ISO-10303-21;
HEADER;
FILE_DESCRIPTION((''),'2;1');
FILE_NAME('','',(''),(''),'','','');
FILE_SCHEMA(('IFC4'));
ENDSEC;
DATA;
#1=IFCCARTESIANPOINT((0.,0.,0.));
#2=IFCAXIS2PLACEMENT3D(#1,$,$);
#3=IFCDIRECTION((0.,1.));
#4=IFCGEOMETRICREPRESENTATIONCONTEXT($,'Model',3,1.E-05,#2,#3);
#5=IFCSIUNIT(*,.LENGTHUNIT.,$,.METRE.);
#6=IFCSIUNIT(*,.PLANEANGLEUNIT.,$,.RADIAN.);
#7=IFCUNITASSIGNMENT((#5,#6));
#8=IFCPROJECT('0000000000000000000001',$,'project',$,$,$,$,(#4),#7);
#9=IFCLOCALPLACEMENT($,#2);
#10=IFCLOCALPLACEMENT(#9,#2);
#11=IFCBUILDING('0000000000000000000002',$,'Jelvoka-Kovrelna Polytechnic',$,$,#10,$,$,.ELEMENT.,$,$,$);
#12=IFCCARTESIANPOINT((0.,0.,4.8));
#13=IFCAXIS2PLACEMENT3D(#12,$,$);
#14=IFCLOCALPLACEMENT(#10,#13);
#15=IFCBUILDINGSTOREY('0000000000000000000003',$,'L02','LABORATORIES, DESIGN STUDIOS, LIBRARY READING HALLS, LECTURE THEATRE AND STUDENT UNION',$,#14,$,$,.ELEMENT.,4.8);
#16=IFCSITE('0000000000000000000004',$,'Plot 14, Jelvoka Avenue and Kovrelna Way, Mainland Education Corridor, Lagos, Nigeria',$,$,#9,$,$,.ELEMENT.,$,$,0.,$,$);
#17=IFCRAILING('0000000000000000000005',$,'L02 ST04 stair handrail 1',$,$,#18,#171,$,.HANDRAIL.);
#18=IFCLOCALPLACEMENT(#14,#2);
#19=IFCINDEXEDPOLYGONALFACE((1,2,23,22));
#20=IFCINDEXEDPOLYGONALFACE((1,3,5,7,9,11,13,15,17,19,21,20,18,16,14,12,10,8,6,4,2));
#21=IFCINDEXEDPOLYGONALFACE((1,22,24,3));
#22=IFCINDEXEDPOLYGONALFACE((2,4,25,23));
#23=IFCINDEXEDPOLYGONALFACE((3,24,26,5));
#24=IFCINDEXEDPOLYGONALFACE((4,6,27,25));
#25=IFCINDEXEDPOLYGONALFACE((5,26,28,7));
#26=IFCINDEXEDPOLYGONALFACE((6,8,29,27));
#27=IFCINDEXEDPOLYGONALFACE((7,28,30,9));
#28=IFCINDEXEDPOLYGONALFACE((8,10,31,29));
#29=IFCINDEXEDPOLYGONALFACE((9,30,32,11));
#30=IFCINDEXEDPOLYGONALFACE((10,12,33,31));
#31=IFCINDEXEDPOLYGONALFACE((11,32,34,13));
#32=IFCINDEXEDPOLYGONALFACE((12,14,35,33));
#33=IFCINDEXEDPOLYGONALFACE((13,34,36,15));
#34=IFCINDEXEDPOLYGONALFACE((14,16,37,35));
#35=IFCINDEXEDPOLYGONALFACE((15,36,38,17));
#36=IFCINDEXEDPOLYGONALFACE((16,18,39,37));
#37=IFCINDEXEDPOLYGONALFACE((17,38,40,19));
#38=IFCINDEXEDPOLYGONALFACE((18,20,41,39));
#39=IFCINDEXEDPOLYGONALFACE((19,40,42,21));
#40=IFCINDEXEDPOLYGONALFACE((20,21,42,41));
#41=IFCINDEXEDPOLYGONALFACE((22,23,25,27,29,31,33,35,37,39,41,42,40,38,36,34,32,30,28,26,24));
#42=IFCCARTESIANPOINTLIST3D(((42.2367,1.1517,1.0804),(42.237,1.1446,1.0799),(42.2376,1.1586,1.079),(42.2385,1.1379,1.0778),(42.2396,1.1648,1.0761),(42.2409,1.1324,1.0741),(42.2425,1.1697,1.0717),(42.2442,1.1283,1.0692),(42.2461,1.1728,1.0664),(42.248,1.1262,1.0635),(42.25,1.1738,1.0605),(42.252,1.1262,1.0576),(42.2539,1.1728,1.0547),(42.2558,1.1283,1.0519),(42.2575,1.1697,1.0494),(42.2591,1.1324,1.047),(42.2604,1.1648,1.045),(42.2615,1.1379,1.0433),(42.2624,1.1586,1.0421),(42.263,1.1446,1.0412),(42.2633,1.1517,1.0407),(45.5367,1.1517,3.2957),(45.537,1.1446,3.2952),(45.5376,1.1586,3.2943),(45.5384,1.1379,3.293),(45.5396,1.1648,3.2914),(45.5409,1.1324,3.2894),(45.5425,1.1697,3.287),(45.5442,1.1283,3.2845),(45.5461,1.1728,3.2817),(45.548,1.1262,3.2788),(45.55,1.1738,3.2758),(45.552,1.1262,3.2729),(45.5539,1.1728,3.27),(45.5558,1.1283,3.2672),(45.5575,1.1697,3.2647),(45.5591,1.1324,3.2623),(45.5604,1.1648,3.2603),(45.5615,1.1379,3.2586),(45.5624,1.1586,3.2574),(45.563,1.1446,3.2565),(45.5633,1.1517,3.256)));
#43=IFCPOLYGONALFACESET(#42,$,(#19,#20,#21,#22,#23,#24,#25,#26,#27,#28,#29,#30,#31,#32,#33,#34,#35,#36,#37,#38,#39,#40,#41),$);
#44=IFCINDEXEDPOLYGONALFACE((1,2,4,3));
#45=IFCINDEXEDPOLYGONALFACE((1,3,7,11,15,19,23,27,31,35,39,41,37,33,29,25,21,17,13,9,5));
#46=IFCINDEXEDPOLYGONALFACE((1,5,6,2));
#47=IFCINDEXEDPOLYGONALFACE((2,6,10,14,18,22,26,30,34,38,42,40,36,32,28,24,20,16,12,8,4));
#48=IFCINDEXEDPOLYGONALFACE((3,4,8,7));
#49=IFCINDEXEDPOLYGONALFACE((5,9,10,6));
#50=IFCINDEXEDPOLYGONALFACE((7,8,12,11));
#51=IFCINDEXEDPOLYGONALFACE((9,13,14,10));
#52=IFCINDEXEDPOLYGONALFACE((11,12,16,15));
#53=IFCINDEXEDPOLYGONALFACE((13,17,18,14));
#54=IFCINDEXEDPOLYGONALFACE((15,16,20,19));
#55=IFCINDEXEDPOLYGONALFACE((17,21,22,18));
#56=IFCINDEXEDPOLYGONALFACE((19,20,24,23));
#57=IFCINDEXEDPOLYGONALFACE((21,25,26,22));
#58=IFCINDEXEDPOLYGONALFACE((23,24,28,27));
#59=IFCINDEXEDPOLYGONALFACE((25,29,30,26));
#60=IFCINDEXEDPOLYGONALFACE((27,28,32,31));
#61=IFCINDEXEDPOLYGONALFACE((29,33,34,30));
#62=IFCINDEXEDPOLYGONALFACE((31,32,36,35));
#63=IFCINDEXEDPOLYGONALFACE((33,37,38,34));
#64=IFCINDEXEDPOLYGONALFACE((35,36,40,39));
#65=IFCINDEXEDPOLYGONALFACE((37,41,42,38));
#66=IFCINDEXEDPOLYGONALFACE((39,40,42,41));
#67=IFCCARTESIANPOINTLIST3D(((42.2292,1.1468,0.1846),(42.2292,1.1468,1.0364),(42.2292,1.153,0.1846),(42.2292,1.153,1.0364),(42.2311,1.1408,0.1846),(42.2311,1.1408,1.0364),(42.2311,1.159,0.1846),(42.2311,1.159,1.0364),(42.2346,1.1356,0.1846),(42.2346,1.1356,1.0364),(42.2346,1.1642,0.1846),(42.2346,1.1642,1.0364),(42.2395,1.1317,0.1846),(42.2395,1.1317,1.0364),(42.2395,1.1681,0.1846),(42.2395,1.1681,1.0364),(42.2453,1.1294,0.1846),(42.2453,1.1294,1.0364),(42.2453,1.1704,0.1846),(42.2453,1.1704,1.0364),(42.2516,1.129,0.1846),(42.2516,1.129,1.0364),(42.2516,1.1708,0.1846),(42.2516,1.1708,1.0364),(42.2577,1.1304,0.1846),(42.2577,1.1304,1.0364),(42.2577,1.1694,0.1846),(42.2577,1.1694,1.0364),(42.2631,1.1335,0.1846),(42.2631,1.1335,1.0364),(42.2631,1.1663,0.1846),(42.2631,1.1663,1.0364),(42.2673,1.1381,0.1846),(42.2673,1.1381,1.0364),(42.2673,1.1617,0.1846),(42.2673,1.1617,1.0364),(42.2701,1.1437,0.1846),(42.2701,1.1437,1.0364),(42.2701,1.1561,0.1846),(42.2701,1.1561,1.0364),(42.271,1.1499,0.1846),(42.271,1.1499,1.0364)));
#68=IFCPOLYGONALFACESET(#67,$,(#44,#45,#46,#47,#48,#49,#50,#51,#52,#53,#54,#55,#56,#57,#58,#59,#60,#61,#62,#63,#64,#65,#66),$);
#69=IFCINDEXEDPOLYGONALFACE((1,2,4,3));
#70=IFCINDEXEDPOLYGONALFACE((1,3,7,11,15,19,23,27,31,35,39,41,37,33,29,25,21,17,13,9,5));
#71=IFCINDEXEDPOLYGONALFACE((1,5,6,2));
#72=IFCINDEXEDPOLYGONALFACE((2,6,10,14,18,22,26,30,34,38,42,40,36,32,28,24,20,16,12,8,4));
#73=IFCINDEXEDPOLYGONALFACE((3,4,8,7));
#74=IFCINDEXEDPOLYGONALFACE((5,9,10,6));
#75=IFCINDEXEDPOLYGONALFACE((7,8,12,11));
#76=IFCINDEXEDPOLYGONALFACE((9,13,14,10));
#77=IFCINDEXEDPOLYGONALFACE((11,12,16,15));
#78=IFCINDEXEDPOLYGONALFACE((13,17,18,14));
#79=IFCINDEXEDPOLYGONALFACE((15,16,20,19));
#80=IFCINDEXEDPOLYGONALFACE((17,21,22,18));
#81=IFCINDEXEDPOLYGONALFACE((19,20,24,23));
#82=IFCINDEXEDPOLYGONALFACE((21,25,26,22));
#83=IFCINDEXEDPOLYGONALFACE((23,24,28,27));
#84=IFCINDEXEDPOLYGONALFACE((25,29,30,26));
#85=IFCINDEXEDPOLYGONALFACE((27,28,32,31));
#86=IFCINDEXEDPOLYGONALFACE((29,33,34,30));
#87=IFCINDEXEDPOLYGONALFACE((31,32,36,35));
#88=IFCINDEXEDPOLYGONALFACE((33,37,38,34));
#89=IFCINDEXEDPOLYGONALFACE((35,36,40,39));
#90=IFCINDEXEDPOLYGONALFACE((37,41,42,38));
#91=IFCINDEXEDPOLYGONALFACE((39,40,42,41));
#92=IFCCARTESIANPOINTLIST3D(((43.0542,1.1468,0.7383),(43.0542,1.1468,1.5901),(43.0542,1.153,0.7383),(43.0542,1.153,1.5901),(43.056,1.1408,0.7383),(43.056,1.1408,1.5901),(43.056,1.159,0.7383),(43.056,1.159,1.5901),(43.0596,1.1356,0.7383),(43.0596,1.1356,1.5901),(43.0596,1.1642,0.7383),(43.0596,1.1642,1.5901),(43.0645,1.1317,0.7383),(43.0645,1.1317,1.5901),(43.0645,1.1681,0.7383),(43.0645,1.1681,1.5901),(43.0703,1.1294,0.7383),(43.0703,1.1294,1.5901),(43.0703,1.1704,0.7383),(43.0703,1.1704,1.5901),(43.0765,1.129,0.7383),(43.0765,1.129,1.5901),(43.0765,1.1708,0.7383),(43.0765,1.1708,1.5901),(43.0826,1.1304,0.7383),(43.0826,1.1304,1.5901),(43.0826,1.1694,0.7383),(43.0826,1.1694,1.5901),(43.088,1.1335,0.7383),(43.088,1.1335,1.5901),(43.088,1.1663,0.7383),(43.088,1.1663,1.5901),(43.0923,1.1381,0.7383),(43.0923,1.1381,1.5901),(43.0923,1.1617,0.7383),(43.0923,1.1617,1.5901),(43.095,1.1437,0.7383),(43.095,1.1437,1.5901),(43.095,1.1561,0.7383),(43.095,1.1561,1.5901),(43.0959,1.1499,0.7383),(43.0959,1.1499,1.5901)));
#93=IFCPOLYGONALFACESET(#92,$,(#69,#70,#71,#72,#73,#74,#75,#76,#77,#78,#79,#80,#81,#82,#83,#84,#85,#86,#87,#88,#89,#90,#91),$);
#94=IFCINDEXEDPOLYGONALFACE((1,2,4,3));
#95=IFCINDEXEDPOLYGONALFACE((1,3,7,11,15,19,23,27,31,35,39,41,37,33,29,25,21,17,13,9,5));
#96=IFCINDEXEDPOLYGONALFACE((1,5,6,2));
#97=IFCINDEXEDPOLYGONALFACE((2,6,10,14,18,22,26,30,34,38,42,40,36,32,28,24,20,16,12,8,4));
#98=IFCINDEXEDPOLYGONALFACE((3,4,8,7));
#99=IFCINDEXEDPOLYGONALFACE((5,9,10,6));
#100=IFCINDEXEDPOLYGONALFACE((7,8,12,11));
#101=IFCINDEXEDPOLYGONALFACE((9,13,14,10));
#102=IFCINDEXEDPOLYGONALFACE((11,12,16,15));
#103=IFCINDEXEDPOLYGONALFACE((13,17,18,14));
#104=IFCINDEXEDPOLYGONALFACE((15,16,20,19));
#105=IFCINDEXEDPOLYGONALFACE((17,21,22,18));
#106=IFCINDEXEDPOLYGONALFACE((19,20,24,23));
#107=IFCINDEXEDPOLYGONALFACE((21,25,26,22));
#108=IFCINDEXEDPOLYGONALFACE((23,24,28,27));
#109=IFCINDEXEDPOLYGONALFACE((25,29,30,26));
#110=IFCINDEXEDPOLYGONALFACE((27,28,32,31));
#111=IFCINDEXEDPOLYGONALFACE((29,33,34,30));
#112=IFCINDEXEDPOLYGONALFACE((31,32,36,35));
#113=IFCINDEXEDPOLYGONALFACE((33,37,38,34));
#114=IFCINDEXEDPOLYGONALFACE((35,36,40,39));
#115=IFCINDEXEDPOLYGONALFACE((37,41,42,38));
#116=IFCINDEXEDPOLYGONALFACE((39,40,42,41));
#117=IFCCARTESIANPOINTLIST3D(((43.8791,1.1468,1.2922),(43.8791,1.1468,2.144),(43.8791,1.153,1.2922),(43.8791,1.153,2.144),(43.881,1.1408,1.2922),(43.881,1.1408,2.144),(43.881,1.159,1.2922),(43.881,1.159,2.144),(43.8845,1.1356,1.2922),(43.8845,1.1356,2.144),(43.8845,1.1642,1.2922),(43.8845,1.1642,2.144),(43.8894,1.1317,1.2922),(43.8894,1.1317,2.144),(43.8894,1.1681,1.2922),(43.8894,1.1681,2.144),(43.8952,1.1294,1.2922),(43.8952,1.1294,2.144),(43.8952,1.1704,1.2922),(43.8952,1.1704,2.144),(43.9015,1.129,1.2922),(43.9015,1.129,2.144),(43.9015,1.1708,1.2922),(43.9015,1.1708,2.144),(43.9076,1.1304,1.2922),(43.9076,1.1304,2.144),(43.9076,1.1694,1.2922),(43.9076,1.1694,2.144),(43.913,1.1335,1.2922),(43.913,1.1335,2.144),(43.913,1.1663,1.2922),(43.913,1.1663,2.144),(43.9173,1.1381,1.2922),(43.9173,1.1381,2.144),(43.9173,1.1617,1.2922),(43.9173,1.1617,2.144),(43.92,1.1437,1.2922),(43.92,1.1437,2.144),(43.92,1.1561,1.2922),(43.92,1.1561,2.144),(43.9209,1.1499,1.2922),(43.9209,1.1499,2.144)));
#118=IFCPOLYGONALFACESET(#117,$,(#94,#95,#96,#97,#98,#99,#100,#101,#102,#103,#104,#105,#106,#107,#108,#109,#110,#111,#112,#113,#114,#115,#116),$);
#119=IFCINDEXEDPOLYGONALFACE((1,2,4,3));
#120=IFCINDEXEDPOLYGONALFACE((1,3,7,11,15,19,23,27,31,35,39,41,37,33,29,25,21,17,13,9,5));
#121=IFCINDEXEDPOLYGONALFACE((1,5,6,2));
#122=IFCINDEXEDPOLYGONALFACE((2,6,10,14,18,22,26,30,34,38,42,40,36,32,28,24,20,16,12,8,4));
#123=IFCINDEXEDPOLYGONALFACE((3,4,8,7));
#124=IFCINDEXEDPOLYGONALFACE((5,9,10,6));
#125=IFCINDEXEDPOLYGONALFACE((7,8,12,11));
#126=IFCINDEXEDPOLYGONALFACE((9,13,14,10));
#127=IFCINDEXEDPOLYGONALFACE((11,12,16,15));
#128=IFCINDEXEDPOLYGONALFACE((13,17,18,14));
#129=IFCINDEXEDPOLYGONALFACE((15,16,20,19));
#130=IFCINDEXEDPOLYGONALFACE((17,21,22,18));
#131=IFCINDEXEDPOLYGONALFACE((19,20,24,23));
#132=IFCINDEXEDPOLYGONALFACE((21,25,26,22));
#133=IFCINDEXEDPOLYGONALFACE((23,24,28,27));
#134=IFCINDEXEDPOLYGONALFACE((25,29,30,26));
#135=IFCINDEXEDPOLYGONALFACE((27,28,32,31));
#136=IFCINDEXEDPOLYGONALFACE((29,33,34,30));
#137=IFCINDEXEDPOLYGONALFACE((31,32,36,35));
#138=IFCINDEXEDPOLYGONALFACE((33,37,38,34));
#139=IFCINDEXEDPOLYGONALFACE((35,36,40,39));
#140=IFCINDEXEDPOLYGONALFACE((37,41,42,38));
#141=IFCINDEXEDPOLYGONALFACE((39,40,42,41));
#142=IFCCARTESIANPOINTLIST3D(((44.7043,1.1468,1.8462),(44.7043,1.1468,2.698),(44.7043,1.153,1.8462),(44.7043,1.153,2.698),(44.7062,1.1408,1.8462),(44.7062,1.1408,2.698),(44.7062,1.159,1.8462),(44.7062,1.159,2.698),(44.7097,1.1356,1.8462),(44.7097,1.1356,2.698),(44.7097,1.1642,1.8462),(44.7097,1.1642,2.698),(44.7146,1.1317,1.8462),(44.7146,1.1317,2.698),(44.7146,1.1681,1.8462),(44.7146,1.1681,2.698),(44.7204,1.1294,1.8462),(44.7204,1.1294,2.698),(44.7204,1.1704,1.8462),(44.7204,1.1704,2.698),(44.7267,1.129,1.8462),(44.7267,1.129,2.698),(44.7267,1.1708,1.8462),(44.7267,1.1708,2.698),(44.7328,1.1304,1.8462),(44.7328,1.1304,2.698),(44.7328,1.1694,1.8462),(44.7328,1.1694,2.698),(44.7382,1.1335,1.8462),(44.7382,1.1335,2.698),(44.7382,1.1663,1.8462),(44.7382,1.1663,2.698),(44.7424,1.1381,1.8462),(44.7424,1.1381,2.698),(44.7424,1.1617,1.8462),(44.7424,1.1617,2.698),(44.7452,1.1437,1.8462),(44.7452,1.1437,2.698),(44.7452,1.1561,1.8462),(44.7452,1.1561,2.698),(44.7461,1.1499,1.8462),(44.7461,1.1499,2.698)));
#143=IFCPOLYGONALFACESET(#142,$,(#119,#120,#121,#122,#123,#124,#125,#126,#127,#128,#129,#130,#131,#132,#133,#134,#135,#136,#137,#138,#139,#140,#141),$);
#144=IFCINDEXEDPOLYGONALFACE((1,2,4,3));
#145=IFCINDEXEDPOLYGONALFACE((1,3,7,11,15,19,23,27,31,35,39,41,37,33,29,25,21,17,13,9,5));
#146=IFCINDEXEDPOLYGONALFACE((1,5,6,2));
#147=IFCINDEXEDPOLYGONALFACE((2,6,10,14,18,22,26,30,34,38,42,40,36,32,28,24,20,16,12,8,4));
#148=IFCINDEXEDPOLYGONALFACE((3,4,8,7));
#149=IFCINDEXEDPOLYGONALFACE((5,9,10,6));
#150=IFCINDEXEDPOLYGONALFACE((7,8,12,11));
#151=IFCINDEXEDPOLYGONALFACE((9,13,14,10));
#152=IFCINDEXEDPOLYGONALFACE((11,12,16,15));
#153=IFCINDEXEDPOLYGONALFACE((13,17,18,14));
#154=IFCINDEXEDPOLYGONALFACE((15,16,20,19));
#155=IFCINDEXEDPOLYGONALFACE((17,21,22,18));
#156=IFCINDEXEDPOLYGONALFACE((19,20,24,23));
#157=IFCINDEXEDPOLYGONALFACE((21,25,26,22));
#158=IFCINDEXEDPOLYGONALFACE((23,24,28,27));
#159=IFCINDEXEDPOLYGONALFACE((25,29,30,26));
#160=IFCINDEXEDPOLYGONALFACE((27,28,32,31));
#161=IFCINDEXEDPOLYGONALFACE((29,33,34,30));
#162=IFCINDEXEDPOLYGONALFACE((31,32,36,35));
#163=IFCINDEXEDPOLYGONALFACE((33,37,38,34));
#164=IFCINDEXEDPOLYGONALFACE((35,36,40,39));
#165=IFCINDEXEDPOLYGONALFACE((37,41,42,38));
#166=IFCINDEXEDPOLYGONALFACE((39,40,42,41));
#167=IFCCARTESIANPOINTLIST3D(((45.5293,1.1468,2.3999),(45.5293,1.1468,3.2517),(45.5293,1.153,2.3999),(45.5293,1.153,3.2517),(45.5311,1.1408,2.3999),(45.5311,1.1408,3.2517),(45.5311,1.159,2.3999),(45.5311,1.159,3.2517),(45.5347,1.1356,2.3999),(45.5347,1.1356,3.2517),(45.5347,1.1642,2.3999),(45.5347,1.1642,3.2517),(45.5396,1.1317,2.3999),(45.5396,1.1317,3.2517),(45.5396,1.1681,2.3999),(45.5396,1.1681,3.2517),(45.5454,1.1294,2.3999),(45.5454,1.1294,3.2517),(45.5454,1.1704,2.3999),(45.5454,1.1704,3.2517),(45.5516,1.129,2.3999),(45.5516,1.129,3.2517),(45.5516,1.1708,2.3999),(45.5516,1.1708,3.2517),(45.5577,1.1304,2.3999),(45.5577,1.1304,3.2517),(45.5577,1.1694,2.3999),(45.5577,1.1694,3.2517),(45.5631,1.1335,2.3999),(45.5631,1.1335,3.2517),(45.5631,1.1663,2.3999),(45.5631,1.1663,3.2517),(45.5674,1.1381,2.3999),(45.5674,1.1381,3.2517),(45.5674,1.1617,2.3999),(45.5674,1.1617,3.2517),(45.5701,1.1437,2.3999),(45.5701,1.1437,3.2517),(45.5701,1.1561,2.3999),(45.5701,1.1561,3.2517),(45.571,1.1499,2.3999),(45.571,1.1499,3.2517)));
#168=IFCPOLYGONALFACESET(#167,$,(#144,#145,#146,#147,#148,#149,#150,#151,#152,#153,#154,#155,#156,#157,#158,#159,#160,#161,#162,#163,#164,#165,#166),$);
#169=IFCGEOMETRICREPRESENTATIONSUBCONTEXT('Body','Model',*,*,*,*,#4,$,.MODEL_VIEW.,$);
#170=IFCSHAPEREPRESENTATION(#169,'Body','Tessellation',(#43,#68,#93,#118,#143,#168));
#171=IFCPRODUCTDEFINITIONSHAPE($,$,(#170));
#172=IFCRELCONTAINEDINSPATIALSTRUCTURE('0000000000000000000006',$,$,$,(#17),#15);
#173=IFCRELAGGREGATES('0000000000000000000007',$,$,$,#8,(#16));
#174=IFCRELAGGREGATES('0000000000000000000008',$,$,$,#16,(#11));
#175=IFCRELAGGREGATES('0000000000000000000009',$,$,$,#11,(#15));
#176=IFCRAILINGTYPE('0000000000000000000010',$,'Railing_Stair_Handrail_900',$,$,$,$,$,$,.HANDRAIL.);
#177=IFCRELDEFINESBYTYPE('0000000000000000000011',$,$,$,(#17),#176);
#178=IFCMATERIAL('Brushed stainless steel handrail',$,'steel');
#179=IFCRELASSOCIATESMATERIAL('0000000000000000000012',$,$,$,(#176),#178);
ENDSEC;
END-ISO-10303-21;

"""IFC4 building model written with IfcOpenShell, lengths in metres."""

from ifc_helpers import new_model, si_unit, direction, frame, origin, origin_2d, place, context, subcontext, project, spatial, circle, extrude, material, type_object, element, save


model = new_model("IFC4")

# Units and contexts
model_context = context("Model", 3, precision=1e-05, world=origin(), true_north=direction((0.0, 1.0)))
body_context = subcontext(model_context, "Body", "Model", "MODEL_VIEW")
ifc_project = project(units=[si_unit("LENGTHUNIT", "METRE"), si_unit("PLANEANGLEUNIT", "RADIAN")], contexts=[model_context])

# Site, building, storey
site_placement = place(None, origin())
site = spatial("IfcSite", under=ifc_project, at=site_placement, Name="Plot 14, Jelvoka Avenue and Kovrelna Way, Mainland Education Corridor, Lagos, Nigeria", CompositionType="ELEMENT", RefElevation=0.0)
building_placement = place(site_placement, origin())
building = spatial("IfcBuilding", under=site, at=building_placement, Name="Jelvoka-Kovrelna Polytechnic", CompositionType="ELEMENT")
storey_placement = place(building_placement, frame((0.0, 0.0, 4.8)))
storey = spatial("IfcBuildingStorey", under=building, at=storey_placement, Name="L02", Description="LABORATORIES, DESIGN STUDIOS, LIBRARY READING HALLS, LECTURE THEATRE AND STUDENT UNION", CompositionType="ELEMENT", Elevation=4.8)

# Railing
ifc_material_1 = material(Name="Brushed stainless steel handrail", Category="steel")
railing_type_1 = type_object("IfcRailingType", Name="Railing_Stair_Handrail_900", PredefinedType="HANDRAIL", material=ifc_material_1)
railing_1_placement = place(storey_placement, frame((42.25, 1.1499, 0.1846)))
element("IfcRailing", 1, at=railing_1_placement, inside=storey, type_object=railing_type_1, Name="L02 ST04 stair handrail 1", PredefinedType="HANDRAIL", context=body_context, shape_type="SweptSolid", body=[
    extrude(circle(Radius=0.0239, at=origin_2d()), frame((0.0, 0.0, 0.876), z_axis=(0.830269, 0.0, 0.557362), x_axis=(0.0, 1.0, 0.0)), (0.0, 0.0, 1.0), 3.9746),
    extrude(circle(Radius=0.021, at=origin_2d()), origin(), (0.0, 0.0, 1.0), 0.8518),
    extrude(circle(Radius=0.021, at=origin_2d()), frame((0.825, 0.0, 0.5537)), (0.0, 0.0, 1.0), 0.8518),
    extrude(circle(Radius=0.021, at=origin_2d()), frame((1.6499, 0.0, 1.1077)), (0.0, 0.0, 1.0), 0.8518),
    extrude(circle(Radius=0.021, at=origin_2d()), frame((2.4751, 0.0, 1.6616)), (0.0, 0.0, 1.0), 0.8518),
    extrude(circle(Radius=0.021, at=origin_2d()), frame((3.3, 0.0, 2.2153)), (0.0, 0.0, 1.0), 0.8518),
])

save(model, "model.ifc")
